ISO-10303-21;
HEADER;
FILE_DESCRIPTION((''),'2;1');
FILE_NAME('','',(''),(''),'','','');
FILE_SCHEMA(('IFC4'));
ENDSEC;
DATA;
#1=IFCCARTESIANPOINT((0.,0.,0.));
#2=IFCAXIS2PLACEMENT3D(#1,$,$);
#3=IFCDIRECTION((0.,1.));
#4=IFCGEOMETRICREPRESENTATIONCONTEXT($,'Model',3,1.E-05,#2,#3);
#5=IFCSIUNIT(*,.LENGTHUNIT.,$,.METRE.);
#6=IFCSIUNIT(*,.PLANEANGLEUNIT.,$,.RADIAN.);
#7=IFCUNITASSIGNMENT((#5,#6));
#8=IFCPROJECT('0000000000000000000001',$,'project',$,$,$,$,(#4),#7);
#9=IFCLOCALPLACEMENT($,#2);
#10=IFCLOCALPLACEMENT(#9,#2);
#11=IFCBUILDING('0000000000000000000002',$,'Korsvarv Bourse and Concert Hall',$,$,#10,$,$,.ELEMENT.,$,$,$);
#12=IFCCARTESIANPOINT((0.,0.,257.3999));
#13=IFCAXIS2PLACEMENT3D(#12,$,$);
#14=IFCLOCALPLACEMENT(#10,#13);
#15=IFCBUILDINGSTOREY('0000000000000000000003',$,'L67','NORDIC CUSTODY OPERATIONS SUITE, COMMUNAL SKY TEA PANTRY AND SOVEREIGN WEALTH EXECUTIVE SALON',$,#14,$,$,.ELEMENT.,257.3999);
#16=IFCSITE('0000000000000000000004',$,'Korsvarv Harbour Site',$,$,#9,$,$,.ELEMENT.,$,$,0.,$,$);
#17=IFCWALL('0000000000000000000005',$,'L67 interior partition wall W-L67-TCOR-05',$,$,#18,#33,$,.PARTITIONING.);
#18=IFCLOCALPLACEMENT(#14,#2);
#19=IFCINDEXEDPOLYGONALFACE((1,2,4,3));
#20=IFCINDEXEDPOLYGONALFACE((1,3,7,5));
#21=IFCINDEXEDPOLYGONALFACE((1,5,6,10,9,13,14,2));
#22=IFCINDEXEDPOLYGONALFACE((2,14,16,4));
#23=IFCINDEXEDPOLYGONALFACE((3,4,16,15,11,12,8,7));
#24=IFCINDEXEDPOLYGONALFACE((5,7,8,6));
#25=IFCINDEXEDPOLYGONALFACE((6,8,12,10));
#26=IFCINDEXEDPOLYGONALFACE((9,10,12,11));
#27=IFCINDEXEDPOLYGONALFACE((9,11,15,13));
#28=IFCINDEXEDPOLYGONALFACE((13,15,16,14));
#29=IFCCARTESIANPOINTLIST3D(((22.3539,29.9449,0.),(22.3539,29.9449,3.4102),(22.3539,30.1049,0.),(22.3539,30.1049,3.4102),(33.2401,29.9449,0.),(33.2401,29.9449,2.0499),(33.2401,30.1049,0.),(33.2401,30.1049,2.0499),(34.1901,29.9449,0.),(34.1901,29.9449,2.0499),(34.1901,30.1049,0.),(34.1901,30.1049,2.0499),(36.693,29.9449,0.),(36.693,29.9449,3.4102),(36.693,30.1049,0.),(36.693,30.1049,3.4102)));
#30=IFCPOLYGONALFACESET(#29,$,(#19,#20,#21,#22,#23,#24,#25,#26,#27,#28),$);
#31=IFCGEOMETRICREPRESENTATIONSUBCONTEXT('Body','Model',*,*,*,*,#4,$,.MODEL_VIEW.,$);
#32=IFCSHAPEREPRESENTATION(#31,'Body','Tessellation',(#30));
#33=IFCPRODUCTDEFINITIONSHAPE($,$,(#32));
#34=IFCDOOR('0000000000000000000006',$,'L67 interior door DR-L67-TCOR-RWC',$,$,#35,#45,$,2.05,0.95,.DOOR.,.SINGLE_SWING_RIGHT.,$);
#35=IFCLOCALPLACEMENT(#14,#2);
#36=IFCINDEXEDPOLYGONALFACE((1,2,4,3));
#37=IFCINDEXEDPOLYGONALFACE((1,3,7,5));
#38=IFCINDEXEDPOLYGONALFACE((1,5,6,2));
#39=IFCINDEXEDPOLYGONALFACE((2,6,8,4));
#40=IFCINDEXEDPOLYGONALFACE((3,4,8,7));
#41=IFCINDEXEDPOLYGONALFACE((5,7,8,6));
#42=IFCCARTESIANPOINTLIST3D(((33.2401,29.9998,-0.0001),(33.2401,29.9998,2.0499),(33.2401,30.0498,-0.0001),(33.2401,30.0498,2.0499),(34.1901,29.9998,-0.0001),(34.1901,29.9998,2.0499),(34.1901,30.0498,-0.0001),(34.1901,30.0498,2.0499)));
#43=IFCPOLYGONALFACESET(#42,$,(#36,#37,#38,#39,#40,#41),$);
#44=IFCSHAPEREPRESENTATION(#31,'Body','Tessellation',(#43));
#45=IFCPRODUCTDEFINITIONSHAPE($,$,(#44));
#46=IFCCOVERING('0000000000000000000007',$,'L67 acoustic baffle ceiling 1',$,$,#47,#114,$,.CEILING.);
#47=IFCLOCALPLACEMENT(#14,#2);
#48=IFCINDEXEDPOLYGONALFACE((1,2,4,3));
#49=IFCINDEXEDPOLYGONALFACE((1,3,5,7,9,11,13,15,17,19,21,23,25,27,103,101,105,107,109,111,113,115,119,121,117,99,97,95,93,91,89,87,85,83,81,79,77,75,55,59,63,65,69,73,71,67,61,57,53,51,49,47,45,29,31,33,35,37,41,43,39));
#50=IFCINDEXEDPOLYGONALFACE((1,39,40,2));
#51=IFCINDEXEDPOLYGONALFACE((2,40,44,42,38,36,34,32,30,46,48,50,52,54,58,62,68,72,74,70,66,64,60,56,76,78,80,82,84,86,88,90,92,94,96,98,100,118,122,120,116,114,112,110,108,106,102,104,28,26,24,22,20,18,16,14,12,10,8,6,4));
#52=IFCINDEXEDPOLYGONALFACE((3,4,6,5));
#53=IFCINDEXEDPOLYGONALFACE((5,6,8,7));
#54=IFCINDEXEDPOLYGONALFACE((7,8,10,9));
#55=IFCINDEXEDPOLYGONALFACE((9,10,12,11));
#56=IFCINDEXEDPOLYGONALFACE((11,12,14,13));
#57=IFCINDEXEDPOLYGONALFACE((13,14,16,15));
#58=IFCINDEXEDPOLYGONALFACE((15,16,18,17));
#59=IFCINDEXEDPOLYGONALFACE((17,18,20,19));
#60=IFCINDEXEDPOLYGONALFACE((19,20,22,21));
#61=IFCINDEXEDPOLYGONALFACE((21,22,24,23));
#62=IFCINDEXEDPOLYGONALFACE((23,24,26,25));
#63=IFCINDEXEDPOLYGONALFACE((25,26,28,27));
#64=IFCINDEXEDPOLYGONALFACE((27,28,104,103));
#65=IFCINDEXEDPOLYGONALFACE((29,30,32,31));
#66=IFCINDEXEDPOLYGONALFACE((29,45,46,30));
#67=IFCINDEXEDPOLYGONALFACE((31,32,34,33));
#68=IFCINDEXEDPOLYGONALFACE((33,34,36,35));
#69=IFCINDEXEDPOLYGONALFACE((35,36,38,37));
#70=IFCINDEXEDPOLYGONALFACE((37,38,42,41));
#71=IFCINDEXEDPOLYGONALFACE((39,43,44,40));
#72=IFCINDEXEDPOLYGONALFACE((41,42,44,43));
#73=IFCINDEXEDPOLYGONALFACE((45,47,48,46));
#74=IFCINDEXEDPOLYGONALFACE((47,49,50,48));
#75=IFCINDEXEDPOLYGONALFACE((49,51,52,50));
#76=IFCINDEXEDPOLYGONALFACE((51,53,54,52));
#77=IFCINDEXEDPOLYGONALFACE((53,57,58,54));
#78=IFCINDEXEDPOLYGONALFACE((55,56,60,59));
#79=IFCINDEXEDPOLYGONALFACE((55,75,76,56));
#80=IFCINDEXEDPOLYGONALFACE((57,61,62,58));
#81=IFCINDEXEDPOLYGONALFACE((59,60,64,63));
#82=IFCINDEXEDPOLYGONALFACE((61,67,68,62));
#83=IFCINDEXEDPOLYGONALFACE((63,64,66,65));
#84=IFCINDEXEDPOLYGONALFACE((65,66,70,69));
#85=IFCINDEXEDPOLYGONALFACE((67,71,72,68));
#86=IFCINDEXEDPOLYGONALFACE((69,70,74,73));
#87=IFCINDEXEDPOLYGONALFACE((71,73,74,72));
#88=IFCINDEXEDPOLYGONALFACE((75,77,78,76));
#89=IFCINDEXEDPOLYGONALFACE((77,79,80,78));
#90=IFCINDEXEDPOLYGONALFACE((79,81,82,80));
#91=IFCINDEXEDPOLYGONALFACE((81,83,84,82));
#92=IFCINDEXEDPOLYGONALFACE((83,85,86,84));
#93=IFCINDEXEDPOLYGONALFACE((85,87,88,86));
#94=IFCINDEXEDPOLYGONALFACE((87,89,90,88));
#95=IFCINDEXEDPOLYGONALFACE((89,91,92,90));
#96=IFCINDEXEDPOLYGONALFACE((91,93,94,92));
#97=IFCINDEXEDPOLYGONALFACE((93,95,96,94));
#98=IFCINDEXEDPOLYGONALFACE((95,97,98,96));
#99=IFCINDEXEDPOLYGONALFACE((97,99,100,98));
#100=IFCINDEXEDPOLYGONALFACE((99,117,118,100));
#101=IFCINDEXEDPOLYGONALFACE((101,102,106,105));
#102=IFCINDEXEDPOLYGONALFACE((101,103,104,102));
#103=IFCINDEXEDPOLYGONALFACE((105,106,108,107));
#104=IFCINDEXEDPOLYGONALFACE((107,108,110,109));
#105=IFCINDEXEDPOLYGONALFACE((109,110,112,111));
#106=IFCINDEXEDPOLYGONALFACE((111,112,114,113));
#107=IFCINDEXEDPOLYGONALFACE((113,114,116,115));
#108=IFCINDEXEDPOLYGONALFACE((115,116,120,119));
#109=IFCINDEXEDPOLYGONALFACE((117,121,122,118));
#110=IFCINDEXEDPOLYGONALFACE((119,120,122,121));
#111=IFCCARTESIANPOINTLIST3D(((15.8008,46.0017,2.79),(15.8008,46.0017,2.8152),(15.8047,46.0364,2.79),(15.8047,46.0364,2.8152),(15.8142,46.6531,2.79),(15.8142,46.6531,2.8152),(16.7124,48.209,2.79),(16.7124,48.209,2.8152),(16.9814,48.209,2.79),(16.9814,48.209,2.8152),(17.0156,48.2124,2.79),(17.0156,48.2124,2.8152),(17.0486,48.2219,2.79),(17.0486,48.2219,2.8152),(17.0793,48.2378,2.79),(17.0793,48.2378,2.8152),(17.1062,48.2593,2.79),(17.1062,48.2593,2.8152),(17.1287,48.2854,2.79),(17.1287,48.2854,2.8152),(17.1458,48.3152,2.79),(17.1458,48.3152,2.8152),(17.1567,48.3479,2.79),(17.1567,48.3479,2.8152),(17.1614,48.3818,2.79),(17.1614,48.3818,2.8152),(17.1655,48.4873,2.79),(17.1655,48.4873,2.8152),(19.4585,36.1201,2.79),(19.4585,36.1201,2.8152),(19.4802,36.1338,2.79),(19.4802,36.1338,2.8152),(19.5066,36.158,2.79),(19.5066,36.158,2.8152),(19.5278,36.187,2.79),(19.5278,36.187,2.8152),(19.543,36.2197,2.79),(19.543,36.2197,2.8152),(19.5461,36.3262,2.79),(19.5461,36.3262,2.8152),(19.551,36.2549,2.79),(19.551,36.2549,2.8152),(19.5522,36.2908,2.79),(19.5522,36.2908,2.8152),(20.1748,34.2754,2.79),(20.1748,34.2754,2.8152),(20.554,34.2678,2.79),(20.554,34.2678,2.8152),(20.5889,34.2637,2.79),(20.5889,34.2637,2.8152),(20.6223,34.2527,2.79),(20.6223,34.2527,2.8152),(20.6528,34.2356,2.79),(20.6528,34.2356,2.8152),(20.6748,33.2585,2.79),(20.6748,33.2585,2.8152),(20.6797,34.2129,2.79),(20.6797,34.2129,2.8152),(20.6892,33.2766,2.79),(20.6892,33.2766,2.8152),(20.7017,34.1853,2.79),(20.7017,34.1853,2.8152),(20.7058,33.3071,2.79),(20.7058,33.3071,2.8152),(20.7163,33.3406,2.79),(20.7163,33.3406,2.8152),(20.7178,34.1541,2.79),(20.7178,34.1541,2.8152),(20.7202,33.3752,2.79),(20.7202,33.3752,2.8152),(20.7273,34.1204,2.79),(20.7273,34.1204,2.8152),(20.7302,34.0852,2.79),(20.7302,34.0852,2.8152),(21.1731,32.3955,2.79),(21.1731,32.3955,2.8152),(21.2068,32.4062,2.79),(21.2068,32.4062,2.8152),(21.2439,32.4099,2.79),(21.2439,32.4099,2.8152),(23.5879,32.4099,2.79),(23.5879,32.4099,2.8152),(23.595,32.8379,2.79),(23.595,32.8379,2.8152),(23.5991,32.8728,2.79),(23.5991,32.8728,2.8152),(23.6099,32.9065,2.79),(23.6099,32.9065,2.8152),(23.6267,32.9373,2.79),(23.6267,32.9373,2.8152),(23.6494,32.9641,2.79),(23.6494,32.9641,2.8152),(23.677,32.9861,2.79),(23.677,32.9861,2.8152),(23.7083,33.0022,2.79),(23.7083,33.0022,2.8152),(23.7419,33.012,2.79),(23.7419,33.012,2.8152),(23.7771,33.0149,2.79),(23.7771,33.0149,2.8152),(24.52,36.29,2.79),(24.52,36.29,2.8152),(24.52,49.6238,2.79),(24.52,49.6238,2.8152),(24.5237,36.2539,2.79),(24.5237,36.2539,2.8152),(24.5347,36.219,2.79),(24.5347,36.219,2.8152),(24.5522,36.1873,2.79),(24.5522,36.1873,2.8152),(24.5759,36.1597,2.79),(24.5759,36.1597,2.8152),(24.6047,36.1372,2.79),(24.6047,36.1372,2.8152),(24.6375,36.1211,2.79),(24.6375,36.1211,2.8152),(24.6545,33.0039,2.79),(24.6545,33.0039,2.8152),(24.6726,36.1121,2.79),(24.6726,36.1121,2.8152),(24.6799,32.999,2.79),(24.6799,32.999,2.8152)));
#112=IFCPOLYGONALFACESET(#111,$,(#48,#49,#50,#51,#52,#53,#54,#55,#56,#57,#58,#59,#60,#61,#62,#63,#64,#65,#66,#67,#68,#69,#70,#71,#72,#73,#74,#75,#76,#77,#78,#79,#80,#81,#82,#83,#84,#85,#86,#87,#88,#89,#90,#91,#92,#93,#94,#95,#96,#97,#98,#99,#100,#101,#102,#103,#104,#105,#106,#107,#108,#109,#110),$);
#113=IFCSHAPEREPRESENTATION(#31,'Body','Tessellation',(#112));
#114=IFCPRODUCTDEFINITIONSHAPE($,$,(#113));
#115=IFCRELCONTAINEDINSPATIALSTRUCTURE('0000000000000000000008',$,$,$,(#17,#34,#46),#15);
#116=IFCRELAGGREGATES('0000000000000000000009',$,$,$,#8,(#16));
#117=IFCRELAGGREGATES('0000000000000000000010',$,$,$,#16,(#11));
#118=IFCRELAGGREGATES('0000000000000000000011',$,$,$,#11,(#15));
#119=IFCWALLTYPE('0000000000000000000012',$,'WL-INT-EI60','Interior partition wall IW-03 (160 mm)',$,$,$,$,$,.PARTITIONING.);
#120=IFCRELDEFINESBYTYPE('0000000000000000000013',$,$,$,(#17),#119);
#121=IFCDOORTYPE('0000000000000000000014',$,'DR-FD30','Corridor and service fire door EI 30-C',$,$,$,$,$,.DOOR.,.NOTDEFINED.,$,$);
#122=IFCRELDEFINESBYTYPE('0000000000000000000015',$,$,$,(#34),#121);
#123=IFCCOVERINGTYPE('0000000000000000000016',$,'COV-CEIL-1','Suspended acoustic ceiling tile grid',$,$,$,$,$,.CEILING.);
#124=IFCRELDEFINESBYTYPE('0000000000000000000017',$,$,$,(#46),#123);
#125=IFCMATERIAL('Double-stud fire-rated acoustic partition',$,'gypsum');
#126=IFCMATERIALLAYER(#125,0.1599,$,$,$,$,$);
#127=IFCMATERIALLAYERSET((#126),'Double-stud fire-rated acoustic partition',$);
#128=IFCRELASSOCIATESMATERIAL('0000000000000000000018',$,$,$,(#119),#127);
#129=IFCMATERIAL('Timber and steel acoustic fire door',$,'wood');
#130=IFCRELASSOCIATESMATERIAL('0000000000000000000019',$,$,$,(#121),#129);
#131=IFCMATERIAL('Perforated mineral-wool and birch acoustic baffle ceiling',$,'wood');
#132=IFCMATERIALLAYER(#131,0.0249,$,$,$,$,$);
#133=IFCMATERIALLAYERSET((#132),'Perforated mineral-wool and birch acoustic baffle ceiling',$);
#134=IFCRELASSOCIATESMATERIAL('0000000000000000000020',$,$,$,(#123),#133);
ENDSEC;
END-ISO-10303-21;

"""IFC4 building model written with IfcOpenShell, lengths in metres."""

from ifc_helpers import new_model, si_unit, direction, frame, frame_2d, origin, place, context, subcontext, project, spatial, polyline, rectangle, outline, extrude, material, layer, layer_set, type_object, element, fill, save


model = new_model("IFC4")

# Units and contexts
model_context = context("Model", 3, precision=1e-05, world=origin(), true_north=direction((0.0, 1.0)))
body_context = subcontext(model_context, "Body", "Model", "MODEL_VIEW")
ifc_project = project(units=[si_unit("LENGTHUNIT", "METRE"), si_unit("PLANEANGLEUNIT", "RADIAN")], contexts=[model_context])

# Site, building, storey
site_placement = place(None, origin())
site = spatial("IfcSite", under=ifc_project, at=site_placement, Name="Korsvarv Harbour Site", CompositionType="ELEMENT", RefElevation=0.0)
building_placement = place(site_placement, origin())
building = spatial("IfcBuilding", under=site, at=building_placement, Name="Korsvarv Bourse and Concert Hall", CompositionType="ELEMENT")
storey_placement = place(building_placement, frame((0.0, 0.0, 257.3999)))
storey = spatial("IfcBuildingStorey", under=building, at=storey_placement, Name="L67", Description="NORDIC CUSTODY OPERATIONS SUITE, COMMUNAL SKY TEA PANTRY AND SOVEREIGN WEALTH EXECUTIVE SALON", CompositionType="ELEMENT", Elevation=257.3999)

# Wall, opening, door
ifc_material_1 = material(Name="Double-stud fire-rated acoustic partition", Category="gypsum")
ifc_layer_1 = layer(ifc_material_1, 0.1599)
ifc_layer_set_1 = layer_set([ifc_layer_1], Name="Double-stud fire-rated acoustic partition")
wall_type = type_object("IfcWallType", Name="WL-INT-EI60", Description="Interior partition wall IW-03 (160 mm)", PredefinedType="PARTITIONING", material=ifc_layer_set_1)
wall_placement = place(storey_placement, frame((22.354, 30.0249, 0.0), z_axis=(0.0, 0.0, 1.0), x_axis=(1.0, 0.0, 0.0)))
wall = element("IfcWall", 1, at=wall_placement, inside=storey, type_object=wall_type, Name="L67 interior partition wall W-L67-TCOR-05", PredefinedType="PARTITIONING", context=body_context, shape_type="SweptSolid", body=[
    extrude(rectangle(XDim=14.3391, YDim=0.1599, at=frame_2d((7.1694, 0.0))), origin(), (0.0, 0.0, 1.0), 3.4102),
])
opening_placement = place(wall_placement, frame((10.886, 0.0, 0.0)))
opening = element("IfcOpeningElement", 2, at=opening_placement, cuts=wall, PredefinedType="OPENING", context=body_context, shape_type="SweptSolid", body=[
    extrude(rectangle(XDim=0.95, YDim=2.05, at=frame_2d((0.4751, 1.0249))), frame((0.0, 0.0898, 0.0), z_axis=(0.0, -1.0, 0.0), x_axis=(1.0, 0.0, 0.0)), (0.0, 0.0, 1.0), 0.1799),
])
ifc_material_2 = material(Name="Timber and steel acoustic fire door", Category="wood")
door_type = type_object("IfcDoorType", Name="DR-FD30", Description="Corridor and service fire door EI 30-C", OperationType="NOTDEFINED", PredefinedType="DOOR", material=ifc_material_2)
door_placement = place(opening_placement, origin())
door = element("IfcDoor", 3, at=door_placement, inside=storey, type_object=door_type, Name="L67 interior door DR-L67-TCOR-RWC", OperationType="SINGLE_SWING_RIGHT", OverallHeight=2.05, OverallWidth=0.95, PredefinedType="DOOR", context=body_context, shape_type="SweptSolid", body=[
    extrude(rectangle(XDim=0.95, YDim=2.05, at=frame_2d((0.4751, 1.0249))), frame((0.0, 0.0249, 0.0), z_axis=(0.0, -1.0, 0.0), x_axis=(1.0, 0.0, 0.0)), (0.0, 0.0, 1.0), 0.05),
])
fill(opening, door)

# Covering
ifc_material_3 = material(Name="Perforated mineral-wool and birch acoustic baffle ceiling", Category="wood")
ifc_layer_2 = layer(ifc_material_3, 0.0249)
ifc_layer_set_2 = layer_set([ifc_layer_2], Name="Perforated mineral-wool and birch acoustic baffle ceiling")
covering_type_1 = type_object("IfcCoveringType", Name="COV-CEIL-1", Description="Suspended acoustic ceiling tile grid", PredefinedType="CEILING", material=ifc_layer_set_2)
covering_1_placement = place(storey_placement, frame((0.0, 0.0, 2.79)))
element("IfcCovering", 4, at=covering_1_placement, inside=storey, type_object=covering_type_1, Name="L67 acoustic baffle ceiling 1", PredefinedType="CEILING", context=body_context, shape_type="SweptSolid", body=[
    extrude(outline(polyline([(15.8008, 46.0017), (15.8047, 46.0364), (15.8142, 46.6531), (16.7124, 48.209), (16.9814, 48.209), (17.0156, 48.2124), (17.0486, 48.2219), (17.0793, 48.2378), (17.1062, 48.2593), (17.1287, 48.2854), (17.1458, 48.3152), (17.1567, 48.3479), (17.1614, 48.3818), (17.1655, 48.4873), (24.52, 49.6238), (24.52, 36.29), (24.5237, 36.2539), (24.5347, 36.219), (24.5522, 36.1873), (24.5759, 36.1597), (24.6047, 36.1372), (24.6375, 36.1211), (24.6726, 36.1121), (24.6799, 32.999), (24.6545, 33.0039), (23.7771, 33.0149), (23.7419, 33.012), (23.7083, 33.0022), (23.677, 32.9861), (23.6494, 32.9641), (23.6267, 32.9373), (23.6099, 32.9065), (23.5991, 32.8728), (23.595, 32.8379), (23.5879, 32.4099), (21.2439, 32.4099), (21.2068, 32.4062), (21.1731, 32.3955), (20.6748, 33.2585), (20.6892, 33.2766), (20.7058, 33.3071), (20.7163, 33.3406), (20.7202, 33.3752), (20.7302, 34.0852), (20.7273, 34.1204), (20.7178, 34.1541), (20.7017, 34.1853), (20.6797, 34.2129), (20.6528, 34.2356), (20.6223, 34.2527), (20.5889, 34.2637), (20.554, 34.2678), (20.1748, 34.2754), (19.4585, 36.1201), (19.4802, 36.1338), (19.5066, 36.158), (19.5278, 36.187), (19.543, 36.2197), (19.551, 36.2549), (19.5522, 36.2908), (19.5461, 36.3262), (15.8008, 46.0017)])), origin(), (0.0, 0.0, 1.0), 0.0251),
])

save(model, "model.ifc")
